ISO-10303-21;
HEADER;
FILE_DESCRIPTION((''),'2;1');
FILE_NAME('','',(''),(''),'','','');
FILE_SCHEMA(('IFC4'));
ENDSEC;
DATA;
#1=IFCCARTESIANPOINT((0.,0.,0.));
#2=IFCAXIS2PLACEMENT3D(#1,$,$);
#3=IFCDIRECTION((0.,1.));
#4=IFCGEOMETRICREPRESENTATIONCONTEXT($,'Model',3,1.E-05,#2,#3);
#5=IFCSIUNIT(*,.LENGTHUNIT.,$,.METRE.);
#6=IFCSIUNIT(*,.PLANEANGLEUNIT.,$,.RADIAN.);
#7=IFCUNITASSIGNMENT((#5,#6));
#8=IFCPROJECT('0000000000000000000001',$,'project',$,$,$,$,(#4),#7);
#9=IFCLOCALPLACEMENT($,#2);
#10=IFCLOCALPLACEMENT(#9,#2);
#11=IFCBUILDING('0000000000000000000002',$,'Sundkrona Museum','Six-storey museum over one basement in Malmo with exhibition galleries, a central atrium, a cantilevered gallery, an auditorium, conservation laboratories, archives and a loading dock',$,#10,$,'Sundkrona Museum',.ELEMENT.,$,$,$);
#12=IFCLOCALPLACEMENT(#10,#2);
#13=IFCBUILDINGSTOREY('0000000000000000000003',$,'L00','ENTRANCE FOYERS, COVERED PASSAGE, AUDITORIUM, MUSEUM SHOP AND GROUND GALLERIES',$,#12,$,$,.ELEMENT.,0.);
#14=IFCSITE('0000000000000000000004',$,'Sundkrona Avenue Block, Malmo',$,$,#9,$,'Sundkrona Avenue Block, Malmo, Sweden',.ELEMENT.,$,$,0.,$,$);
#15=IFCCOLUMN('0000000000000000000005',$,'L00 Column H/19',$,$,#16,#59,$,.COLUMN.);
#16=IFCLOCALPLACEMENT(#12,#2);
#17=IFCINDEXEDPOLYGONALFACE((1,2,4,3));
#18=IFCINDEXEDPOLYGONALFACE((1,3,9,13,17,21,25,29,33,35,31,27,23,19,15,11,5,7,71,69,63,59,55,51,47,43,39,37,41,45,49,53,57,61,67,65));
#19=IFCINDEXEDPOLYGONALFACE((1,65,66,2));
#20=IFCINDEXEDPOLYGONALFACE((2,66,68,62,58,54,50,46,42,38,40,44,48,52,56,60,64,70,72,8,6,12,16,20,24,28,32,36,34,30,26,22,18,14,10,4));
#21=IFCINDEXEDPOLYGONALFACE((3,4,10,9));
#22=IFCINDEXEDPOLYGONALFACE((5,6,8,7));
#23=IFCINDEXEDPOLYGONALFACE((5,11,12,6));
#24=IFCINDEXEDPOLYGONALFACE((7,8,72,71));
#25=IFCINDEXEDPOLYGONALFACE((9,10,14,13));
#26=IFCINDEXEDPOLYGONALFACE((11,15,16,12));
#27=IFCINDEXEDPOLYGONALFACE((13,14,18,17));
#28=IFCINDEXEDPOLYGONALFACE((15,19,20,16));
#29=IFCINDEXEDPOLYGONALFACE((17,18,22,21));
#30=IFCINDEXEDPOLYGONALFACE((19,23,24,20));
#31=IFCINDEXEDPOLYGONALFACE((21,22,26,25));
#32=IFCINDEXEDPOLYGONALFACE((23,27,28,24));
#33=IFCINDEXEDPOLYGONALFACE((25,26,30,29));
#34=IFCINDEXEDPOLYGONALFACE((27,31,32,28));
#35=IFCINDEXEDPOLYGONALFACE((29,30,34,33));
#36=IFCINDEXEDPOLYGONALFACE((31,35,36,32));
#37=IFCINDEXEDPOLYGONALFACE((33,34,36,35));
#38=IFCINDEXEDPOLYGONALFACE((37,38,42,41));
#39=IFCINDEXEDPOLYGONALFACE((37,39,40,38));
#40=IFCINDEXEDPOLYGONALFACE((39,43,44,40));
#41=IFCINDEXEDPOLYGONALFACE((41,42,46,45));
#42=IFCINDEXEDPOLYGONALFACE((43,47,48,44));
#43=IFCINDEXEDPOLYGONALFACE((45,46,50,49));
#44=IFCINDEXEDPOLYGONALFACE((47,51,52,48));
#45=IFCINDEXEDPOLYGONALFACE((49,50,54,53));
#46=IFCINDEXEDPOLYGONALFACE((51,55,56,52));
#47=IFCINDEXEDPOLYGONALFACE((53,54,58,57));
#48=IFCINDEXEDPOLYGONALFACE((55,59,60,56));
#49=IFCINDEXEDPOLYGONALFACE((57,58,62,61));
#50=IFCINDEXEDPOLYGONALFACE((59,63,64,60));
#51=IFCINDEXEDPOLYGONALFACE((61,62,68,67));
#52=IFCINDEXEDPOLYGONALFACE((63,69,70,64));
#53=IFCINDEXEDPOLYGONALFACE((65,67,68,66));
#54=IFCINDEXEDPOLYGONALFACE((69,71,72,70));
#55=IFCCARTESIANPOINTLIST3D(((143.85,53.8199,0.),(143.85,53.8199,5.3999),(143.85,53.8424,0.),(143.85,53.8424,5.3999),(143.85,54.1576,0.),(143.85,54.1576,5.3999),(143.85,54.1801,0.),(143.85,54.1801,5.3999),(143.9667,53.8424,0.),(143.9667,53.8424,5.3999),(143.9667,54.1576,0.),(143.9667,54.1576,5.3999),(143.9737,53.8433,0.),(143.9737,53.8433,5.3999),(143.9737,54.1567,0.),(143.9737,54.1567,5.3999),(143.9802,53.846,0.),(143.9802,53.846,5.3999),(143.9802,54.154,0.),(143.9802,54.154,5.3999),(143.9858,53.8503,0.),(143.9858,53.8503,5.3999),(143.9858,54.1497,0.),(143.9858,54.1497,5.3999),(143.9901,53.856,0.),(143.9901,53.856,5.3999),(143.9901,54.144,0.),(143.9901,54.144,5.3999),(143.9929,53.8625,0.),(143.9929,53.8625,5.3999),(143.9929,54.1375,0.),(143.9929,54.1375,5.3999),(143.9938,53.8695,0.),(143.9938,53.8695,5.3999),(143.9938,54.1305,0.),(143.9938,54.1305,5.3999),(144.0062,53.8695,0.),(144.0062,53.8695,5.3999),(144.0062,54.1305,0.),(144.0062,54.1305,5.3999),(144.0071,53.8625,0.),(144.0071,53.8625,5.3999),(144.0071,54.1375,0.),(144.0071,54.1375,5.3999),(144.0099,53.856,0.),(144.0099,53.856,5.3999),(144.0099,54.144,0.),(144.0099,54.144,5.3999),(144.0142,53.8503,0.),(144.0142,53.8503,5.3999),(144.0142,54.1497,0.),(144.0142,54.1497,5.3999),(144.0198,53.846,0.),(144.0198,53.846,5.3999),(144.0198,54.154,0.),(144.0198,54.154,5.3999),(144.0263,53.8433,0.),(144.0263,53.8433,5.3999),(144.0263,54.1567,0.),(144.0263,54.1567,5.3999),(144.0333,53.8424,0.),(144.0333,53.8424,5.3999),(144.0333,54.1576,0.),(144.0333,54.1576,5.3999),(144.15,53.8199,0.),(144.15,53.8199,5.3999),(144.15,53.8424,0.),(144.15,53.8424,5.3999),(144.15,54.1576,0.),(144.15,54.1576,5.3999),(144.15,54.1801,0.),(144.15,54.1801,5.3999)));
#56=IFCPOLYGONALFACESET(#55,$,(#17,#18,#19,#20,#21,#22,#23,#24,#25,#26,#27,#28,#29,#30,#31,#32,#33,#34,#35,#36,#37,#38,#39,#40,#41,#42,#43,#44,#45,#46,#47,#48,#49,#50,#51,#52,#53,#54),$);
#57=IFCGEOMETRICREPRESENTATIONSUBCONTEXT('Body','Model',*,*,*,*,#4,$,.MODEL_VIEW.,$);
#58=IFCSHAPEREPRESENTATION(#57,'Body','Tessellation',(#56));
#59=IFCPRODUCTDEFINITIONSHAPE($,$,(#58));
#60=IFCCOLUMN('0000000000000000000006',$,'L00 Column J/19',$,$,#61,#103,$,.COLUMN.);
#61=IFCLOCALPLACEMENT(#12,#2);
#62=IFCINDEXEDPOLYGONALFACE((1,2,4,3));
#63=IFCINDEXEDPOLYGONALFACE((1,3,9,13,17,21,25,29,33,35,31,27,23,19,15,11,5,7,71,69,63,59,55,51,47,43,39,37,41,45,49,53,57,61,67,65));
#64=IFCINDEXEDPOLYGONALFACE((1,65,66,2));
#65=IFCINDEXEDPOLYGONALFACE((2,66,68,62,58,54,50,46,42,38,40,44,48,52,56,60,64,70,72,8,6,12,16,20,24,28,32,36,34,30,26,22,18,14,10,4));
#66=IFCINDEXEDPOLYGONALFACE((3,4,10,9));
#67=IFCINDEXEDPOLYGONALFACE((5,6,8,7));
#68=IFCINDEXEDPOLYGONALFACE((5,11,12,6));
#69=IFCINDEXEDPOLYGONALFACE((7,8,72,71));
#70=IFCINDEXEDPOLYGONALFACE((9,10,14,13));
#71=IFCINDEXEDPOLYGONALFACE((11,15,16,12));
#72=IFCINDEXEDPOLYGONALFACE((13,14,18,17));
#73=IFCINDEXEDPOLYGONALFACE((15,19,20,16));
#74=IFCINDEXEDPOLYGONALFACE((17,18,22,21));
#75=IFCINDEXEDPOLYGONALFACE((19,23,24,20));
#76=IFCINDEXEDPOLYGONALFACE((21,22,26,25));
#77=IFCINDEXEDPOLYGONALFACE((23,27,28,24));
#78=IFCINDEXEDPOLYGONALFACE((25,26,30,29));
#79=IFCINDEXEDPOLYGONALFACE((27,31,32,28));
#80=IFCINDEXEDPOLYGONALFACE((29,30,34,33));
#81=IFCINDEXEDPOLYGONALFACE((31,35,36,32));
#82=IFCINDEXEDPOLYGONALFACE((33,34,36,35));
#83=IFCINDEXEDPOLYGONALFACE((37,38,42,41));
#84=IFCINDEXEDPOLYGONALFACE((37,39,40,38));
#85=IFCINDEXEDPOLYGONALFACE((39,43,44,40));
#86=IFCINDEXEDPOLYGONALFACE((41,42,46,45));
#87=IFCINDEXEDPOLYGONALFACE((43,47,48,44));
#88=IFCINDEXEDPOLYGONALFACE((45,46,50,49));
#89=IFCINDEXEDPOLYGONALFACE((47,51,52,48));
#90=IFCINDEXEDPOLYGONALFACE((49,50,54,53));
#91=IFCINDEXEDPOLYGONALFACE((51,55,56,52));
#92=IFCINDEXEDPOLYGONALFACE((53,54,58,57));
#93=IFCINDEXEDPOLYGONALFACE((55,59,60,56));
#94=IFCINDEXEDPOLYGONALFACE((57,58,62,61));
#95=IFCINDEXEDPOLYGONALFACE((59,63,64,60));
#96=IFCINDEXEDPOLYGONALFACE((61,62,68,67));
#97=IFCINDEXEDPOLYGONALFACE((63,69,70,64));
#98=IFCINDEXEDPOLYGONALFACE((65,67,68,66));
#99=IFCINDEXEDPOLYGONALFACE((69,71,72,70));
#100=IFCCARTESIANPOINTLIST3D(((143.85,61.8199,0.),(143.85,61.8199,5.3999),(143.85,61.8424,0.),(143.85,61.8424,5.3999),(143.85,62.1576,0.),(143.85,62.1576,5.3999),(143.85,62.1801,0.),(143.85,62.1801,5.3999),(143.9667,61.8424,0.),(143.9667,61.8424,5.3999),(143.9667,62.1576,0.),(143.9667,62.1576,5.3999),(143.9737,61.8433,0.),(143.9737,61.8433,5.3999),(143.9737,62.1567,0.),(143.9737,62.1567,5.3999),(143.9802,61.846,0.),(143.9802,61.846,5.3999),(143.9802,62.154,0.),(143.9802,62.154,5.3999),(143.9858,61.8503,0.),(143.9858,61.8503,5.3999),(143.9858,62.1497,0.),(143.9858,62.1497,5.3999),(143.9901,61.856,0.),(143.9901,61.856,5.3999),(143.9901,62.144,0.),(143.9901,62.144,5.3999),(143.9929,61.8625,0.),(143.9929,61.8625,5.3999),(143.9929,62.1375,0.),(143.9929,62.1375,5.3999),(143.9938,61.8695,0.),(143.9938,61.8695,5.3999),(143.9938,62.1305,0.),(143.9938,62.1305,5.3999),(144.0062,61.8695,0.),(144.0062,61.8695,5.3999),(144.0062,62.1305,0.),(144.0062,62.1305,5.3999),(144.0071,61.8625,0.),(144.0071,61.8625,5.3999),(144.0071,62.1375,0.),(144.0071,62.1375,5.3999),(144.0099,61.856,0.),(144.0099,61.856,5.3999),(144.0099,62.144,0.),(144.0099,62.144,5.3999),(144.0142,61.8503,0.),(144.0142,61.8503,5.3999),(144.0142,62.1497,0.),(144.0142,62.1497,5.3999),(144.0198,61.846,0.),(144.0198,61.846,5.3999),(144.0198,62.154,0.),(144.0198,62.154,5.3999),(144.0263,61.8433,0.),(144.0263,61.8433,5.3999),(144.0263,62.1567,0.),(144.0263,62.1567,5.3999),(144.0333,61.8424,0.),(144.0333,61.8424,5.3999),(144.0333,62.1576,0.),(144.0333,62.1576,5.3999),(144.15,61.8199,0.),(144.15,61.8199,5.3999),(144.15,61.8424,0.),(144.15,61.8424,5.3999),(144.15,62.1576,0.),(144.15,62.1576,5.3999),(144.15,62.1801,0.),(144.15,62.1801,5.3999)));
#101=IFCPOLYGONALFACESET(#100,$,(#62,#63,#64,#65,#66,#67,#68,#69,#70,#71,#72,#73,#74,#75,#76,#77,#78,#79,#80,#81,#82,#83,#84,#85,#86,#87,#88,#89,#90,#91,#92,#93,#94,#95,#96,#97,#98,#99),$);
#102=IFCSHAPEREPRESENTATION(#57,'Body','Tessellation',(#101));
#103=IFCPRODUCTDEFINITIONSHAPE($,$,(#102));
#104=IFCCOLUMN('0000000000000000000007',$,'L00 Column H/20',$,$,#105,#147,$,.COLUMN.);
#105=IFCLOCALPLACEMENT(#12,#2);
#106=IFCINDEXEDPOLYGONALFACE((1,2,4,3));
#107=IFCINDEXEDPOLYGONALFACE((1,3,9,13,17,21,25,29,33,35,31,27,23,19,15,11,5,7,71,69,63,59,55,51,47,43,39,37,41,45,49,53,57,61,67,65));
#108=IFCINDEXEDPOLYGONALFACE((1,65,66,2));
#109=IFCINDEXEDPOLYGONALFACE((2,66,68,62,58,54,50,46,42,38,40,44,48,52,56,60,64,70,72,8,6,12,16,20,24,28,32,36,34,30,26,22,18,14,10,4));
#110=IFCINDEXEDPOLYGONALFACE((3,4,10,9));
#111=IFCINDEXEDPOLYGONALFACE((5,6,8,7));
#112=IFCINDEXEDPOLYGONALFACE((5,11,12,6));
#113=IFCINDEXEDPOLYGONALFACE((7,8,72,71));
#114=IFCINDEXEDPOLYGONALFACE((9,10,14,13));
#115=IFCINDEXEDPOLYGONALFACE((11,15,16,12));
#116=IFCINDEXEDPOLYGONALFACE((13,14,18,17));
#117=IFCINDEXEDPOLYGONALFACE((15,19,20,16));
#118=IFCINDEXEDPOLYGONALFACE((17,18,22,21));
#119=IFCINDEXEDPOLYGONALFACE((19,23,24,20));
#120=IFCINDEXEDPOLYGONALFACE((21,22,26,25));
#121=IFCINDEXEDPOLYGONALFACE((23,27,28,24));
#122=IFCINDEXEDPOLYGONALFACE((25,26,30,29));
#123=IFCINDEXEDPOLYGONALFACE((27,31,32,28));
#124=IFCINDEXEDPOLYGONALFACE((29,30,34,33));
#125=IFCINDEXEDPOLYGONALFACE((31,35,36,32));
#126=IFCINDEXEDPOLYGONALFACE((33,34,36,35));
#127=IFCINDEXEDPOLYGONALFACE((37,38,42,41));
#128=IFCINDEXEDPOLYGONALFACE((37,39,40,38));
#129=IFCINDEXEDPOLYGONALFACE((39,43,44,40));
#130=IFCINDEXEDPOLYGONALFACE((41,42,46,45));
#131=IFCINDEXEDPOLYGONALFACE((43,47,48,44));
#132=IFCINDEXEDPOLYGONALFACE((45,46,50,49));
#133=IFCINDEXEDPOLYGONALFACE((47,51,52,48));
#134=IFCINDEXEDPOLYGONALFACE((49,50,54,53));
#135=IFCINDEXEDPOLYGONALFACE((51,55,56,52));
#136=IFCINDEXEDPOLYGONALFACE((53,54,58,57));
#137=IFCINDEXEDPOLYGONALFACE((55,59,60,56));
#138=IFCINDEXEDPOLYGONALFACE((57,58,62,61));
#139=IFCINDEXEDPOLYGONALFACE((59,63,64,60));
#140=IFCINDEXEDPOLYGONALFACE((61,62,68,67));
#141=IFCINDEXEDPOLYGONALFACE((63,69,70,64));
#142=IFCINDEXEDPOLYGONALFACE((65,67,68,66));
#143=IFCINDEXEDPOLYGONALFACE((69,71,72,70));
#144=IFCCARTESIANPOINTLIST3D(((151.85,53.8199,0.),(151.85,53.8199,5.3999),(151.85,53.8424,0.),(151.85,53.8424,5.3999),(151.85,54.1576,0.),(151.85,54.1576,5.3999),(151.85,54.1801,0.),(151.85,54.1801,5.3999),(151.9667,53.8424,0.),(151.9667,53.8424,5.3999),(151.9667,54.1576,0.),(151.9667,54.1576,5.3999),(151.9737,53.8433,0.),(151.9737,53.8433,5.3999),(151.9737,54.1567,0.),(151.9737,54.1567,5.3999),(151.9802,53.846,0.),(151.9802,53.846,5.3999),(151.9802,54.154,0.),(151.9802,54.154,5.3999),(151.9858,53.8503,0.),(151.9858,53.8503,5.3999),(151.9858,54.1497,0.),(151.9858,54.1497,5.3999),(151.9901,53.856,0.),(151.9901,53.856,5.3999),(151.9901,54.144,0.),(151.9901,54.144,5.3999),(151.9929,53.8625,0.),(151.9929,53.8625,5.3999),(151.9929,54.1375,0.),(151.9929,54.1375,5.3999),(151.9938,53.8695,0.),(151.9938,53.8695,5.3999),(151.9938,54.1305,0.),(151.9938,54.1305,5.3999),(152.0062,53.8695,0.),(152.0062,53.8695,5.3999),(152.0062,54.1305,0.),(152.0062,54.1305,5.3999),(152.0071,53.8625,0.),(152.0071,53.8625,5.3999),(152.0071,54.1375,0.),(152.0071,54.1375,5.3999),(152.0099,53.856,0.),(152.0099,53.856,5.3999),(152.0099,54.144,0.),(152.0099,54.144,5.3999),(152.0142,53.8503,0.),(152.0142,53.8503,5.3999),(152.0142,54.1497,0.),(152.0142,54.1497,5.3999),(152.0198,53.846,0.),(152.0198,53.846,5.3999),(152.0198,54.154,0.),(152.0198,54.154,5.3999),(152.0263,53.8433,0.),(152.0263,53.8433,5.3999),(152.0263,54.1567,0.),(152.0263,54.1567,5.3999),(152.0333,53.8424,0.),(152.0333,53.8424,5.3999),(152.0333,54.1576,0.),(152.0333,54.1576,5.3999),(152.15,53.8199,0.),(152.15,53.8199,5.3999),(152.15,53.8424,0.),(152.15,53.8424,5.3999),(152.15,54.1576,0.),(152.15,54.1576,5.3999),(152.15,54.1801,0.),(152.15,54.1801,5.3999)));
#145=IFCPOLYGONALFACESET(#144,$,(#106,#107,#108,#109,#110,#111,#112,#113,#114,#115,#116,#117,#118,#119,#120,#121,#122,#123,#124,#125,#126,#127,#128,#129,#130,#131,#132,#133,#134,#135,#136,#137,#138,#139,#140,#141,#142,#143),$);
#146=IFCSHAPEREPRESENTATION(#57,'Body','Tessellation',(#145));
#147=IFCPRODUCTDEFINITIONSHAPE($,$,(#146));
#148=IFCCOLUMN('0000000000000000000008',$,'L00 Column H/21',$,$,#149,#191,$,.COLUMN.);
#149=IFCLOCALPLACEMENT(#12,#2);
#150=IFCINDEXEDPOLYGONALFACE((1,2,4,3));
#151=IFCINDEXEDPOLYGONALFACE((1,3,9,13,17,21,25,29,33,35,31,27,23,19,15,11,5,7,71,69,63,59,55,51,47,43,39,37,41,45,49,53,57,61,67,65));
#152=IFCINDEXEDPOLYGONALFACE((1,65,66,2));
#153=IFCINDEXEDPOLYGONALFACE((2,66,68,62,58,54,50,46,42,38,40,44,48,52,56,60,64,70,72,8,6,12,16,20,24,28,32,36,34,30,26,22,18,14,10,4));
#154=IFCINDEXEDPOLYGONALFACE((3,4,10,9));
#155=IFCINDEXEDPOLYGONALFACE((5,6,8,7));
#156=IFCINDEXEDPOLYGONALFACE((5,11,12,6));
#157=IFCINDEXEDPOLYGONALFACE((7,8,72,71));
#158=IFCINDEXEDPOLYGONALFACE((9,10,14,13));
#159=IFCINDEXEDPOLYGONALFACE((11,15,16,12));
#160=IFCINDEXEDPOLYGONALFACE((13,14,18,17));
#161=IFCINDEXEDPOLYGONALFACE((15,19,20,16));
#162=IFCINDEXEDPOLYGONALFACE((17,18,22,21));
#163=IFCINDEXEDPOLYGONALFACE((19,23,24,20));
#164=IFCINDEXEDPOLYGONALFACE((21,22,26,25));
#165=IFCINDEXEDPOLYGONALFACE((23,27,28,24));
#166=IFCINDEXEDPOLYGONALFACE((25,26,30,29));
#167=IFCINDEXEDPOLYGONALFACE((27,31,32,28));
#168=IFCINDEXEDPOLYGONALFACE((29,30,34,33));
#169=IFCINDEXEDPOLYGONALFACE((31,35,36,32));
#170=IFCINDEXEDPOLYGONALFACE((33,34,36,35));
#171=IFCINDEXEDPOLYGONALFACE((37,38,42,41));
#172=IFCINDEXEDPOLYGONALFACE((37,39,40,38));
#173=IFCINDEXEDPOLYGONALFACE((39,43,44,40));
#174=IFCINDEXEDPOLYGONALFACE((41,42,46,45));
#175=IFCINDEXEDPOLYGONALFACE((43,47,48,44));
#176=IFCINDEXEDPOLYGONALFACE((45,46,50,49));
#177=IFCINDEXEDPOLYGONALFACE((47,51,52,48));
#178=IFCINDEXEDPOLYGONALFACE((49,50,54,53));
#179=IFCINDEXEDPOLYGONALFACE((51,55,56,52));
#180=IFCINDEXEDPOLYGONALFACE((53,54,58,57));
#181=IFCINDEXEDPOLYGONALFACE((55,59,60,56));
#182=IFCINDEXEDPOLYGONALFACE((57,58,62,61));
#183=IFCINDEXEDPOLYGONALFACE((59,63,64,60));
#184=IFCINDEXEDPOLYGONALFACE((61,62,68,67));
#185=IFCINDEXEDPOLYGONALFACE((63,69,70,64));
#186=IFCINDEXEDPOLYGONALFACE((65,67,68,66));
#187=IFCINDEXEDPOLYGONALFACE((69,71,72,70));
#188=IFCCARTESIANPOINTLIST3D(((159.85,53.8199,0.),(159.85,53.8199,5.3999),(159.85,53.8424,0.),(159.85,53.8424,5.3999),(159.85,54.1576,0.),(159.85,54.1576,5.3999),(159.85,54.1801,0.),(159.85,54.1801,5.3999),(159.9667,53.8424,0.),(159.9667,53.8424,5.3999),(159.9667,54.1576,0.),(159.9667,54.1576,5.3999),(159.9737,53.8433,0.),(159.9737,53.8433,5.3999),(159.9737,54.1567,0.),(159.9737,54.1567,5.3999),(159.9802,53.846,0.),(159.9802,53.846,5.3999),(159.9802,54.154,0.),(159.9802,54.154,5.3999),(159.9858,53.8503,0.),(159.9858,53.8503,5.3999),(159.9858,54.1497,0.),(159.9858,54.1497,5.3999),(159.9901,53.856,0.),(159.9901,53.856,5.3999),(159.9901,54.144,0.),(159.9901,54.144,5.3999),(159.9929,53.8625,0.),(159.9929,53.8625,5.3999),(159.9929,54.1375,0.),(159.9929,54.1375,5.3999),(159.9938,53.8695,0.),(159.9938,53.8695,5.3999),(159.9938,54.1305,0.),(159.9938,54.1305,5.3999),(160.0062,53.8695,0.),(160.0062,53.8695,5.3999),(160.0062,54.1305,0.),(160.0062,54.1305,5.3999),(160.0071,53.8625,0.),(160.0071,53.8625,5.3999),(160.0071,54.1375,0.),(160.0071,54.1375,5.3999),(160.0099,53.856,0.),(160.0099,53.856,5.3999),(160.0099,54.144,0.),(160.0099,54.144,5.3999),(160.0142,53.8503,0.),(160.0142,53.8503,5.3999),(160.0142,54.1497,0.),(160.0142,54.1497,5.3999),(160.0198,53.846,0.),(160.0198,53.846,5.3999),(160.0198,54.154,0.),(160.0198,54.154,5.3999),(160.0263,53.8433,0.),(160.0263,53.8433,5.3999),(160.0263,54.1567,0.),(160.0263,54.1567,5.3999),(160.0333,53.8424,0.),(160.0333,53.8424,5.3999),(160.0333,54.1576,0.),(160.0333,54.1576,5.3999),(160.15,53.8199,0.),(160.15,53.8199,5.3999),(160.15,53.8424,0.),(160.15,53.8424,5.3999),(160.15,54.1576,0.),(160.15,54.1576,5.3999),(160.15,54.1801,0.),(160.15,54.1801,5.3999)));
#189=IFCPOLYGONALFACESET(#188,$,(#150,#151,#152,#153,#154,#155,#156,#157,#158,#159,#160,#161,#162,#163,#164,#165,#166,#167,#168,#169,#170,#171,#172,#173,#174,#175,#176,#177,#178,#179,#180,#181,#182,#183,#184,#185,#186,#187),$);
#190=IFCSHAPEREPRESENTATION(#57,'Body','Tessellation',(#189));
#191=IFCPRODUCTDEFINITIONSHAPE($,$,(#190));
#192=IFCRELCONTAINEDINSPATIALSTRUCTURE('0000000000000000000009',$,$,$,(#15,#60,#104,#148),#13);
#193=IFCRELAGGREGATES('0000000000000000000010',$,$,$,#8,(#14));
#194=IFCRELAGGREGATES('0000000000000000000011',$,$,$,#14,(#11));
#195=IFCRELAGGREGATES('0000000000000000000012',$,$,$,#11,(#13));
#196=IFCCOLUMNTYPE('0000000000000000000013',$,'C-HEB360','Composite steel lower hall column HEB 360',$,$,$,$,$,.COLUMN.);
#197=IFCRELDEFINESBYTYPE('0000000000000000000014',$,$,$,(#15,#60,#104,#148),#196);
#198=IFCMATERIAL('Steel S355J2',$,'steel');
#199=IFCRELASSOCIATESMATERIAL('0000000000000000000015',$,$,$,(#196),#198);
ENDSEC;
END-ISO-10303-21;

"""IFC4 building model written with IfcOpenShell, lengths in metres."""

from ifc_helpers import new_model, si_unit, direction, frame, origin, origin_2d, place, context, subcontext, project, spatial, i_section, extrude, material, material_profile, profile_set, type_object, element, save


model = new_model("IFC4")

# Units and contexts
model_context = context("Model", 3, precision=1e-05, world=origin(), true_north=direction((0.0, 1.0)))
body_context = subcontext(model_context, "Body", "Model", "MODEL_VIEW")
ifc_project = project(units=[si_unit("LENGTHUNIT", "METRE"), si_unit("PLANEANGLEUNIT", "RADIAN")], contexts=[model_context])

# Site, building, storey
site_placement = place(None, origin())
site = spatial("IfcSite", under=ifc_project, at=site_placement, Name="Sundkrona Avenue Block, Malmo", LongName="Sundkrona Avenue Block, Malmo, Sweden", CompositionType="ELEMENT", RefElevation=0.0)
building_placement = place(site_placement, origin())
building = spatial("IfcBuilding", under=site, at=building_placement, Name="Sundkrona Museum", Description="Six-storey museum over one basement in Malmo with exhibition galleries, a central atrium, a cantilevered gallery, an auditorium, conservation laboratories, archives and a loading dock", LongName="Sundkrona Museum", CompositionType="ELEMENT")
storey_placement = place(building_placement, origin())
storey = spatial("IfcBuildingStorey", under=building, at=storey_placement, Name="L00", Description="ENTRANCE FOYERS, COVERED PASSAGE, AUDITORIUM, MUSEUM SHOP AND GROUND GALLERIES", CompositionType="ELEMENT", Elevation=0.0)

# Columns
ifc_material_1 = material(Name="Steel S355J2", Category="steel")
ifc_material_profile_1 = material_profile(ifc_material_1, i_section(OverallWidth=0.3, OverallDepth=0.3601, WebThickness=0.0125, FlangeThickness=0.0225, FilletRadius=0.0271, at=origin_2d()), Name="HEB 360")
ifc_profile_set_1 = profile_set([ifc_material_profile_1], Name="Steel S355J2")
column_type = type_object("IfcColumnType", Name="C-HEB360", Description="Composite steel lower hall column HEB 360", PredefinedType="COLUMN", material=ifc_profile_set_1)
for number, where, z_axis, x_axis, name in (
    (1, (144.0, 54.0, 0.0), (0.0, 0.0, 1.0), (1.0, 0.0, 0.0), "L00 Column H/19"),
    (2, (144.0, 62.0, 0.0), (0.0, 0.0, 1.0), (1.0, 0.0, 0.0), "L00 Column J/19"),
    (3, (152.0, 54.0, 0.0), (0.0, 0.0, 1.0), (1.0, 0.0, 0.0), "L00 Column H/20"),
    (4, (160.0, 54.0, 0.0), (0.0, 0.0, 1.0), (1.0, 0.0, 0.0), "L00 Column H/21"),
):
    element("IfcColumn", number, at=place(storey_placement, frame(where, z_axis=z_axis, x_axis=x_axis)), inside=storey, type_object=column_type, Name=name, PredefinedType="COLUMN", context=body_context, shape_type="SweptSolid", body=[
        extrude(i_section(OverallWidth=0.3, OverallDepth=0.3601, WebThickness=0.0125, FlangeThickness=0.0225, FilletRadius=0.0271, at=origin_2d()), origin(), (0.0, 0.0, 1.0), 5.3999),
    ])

save(model, "model.ifc")
